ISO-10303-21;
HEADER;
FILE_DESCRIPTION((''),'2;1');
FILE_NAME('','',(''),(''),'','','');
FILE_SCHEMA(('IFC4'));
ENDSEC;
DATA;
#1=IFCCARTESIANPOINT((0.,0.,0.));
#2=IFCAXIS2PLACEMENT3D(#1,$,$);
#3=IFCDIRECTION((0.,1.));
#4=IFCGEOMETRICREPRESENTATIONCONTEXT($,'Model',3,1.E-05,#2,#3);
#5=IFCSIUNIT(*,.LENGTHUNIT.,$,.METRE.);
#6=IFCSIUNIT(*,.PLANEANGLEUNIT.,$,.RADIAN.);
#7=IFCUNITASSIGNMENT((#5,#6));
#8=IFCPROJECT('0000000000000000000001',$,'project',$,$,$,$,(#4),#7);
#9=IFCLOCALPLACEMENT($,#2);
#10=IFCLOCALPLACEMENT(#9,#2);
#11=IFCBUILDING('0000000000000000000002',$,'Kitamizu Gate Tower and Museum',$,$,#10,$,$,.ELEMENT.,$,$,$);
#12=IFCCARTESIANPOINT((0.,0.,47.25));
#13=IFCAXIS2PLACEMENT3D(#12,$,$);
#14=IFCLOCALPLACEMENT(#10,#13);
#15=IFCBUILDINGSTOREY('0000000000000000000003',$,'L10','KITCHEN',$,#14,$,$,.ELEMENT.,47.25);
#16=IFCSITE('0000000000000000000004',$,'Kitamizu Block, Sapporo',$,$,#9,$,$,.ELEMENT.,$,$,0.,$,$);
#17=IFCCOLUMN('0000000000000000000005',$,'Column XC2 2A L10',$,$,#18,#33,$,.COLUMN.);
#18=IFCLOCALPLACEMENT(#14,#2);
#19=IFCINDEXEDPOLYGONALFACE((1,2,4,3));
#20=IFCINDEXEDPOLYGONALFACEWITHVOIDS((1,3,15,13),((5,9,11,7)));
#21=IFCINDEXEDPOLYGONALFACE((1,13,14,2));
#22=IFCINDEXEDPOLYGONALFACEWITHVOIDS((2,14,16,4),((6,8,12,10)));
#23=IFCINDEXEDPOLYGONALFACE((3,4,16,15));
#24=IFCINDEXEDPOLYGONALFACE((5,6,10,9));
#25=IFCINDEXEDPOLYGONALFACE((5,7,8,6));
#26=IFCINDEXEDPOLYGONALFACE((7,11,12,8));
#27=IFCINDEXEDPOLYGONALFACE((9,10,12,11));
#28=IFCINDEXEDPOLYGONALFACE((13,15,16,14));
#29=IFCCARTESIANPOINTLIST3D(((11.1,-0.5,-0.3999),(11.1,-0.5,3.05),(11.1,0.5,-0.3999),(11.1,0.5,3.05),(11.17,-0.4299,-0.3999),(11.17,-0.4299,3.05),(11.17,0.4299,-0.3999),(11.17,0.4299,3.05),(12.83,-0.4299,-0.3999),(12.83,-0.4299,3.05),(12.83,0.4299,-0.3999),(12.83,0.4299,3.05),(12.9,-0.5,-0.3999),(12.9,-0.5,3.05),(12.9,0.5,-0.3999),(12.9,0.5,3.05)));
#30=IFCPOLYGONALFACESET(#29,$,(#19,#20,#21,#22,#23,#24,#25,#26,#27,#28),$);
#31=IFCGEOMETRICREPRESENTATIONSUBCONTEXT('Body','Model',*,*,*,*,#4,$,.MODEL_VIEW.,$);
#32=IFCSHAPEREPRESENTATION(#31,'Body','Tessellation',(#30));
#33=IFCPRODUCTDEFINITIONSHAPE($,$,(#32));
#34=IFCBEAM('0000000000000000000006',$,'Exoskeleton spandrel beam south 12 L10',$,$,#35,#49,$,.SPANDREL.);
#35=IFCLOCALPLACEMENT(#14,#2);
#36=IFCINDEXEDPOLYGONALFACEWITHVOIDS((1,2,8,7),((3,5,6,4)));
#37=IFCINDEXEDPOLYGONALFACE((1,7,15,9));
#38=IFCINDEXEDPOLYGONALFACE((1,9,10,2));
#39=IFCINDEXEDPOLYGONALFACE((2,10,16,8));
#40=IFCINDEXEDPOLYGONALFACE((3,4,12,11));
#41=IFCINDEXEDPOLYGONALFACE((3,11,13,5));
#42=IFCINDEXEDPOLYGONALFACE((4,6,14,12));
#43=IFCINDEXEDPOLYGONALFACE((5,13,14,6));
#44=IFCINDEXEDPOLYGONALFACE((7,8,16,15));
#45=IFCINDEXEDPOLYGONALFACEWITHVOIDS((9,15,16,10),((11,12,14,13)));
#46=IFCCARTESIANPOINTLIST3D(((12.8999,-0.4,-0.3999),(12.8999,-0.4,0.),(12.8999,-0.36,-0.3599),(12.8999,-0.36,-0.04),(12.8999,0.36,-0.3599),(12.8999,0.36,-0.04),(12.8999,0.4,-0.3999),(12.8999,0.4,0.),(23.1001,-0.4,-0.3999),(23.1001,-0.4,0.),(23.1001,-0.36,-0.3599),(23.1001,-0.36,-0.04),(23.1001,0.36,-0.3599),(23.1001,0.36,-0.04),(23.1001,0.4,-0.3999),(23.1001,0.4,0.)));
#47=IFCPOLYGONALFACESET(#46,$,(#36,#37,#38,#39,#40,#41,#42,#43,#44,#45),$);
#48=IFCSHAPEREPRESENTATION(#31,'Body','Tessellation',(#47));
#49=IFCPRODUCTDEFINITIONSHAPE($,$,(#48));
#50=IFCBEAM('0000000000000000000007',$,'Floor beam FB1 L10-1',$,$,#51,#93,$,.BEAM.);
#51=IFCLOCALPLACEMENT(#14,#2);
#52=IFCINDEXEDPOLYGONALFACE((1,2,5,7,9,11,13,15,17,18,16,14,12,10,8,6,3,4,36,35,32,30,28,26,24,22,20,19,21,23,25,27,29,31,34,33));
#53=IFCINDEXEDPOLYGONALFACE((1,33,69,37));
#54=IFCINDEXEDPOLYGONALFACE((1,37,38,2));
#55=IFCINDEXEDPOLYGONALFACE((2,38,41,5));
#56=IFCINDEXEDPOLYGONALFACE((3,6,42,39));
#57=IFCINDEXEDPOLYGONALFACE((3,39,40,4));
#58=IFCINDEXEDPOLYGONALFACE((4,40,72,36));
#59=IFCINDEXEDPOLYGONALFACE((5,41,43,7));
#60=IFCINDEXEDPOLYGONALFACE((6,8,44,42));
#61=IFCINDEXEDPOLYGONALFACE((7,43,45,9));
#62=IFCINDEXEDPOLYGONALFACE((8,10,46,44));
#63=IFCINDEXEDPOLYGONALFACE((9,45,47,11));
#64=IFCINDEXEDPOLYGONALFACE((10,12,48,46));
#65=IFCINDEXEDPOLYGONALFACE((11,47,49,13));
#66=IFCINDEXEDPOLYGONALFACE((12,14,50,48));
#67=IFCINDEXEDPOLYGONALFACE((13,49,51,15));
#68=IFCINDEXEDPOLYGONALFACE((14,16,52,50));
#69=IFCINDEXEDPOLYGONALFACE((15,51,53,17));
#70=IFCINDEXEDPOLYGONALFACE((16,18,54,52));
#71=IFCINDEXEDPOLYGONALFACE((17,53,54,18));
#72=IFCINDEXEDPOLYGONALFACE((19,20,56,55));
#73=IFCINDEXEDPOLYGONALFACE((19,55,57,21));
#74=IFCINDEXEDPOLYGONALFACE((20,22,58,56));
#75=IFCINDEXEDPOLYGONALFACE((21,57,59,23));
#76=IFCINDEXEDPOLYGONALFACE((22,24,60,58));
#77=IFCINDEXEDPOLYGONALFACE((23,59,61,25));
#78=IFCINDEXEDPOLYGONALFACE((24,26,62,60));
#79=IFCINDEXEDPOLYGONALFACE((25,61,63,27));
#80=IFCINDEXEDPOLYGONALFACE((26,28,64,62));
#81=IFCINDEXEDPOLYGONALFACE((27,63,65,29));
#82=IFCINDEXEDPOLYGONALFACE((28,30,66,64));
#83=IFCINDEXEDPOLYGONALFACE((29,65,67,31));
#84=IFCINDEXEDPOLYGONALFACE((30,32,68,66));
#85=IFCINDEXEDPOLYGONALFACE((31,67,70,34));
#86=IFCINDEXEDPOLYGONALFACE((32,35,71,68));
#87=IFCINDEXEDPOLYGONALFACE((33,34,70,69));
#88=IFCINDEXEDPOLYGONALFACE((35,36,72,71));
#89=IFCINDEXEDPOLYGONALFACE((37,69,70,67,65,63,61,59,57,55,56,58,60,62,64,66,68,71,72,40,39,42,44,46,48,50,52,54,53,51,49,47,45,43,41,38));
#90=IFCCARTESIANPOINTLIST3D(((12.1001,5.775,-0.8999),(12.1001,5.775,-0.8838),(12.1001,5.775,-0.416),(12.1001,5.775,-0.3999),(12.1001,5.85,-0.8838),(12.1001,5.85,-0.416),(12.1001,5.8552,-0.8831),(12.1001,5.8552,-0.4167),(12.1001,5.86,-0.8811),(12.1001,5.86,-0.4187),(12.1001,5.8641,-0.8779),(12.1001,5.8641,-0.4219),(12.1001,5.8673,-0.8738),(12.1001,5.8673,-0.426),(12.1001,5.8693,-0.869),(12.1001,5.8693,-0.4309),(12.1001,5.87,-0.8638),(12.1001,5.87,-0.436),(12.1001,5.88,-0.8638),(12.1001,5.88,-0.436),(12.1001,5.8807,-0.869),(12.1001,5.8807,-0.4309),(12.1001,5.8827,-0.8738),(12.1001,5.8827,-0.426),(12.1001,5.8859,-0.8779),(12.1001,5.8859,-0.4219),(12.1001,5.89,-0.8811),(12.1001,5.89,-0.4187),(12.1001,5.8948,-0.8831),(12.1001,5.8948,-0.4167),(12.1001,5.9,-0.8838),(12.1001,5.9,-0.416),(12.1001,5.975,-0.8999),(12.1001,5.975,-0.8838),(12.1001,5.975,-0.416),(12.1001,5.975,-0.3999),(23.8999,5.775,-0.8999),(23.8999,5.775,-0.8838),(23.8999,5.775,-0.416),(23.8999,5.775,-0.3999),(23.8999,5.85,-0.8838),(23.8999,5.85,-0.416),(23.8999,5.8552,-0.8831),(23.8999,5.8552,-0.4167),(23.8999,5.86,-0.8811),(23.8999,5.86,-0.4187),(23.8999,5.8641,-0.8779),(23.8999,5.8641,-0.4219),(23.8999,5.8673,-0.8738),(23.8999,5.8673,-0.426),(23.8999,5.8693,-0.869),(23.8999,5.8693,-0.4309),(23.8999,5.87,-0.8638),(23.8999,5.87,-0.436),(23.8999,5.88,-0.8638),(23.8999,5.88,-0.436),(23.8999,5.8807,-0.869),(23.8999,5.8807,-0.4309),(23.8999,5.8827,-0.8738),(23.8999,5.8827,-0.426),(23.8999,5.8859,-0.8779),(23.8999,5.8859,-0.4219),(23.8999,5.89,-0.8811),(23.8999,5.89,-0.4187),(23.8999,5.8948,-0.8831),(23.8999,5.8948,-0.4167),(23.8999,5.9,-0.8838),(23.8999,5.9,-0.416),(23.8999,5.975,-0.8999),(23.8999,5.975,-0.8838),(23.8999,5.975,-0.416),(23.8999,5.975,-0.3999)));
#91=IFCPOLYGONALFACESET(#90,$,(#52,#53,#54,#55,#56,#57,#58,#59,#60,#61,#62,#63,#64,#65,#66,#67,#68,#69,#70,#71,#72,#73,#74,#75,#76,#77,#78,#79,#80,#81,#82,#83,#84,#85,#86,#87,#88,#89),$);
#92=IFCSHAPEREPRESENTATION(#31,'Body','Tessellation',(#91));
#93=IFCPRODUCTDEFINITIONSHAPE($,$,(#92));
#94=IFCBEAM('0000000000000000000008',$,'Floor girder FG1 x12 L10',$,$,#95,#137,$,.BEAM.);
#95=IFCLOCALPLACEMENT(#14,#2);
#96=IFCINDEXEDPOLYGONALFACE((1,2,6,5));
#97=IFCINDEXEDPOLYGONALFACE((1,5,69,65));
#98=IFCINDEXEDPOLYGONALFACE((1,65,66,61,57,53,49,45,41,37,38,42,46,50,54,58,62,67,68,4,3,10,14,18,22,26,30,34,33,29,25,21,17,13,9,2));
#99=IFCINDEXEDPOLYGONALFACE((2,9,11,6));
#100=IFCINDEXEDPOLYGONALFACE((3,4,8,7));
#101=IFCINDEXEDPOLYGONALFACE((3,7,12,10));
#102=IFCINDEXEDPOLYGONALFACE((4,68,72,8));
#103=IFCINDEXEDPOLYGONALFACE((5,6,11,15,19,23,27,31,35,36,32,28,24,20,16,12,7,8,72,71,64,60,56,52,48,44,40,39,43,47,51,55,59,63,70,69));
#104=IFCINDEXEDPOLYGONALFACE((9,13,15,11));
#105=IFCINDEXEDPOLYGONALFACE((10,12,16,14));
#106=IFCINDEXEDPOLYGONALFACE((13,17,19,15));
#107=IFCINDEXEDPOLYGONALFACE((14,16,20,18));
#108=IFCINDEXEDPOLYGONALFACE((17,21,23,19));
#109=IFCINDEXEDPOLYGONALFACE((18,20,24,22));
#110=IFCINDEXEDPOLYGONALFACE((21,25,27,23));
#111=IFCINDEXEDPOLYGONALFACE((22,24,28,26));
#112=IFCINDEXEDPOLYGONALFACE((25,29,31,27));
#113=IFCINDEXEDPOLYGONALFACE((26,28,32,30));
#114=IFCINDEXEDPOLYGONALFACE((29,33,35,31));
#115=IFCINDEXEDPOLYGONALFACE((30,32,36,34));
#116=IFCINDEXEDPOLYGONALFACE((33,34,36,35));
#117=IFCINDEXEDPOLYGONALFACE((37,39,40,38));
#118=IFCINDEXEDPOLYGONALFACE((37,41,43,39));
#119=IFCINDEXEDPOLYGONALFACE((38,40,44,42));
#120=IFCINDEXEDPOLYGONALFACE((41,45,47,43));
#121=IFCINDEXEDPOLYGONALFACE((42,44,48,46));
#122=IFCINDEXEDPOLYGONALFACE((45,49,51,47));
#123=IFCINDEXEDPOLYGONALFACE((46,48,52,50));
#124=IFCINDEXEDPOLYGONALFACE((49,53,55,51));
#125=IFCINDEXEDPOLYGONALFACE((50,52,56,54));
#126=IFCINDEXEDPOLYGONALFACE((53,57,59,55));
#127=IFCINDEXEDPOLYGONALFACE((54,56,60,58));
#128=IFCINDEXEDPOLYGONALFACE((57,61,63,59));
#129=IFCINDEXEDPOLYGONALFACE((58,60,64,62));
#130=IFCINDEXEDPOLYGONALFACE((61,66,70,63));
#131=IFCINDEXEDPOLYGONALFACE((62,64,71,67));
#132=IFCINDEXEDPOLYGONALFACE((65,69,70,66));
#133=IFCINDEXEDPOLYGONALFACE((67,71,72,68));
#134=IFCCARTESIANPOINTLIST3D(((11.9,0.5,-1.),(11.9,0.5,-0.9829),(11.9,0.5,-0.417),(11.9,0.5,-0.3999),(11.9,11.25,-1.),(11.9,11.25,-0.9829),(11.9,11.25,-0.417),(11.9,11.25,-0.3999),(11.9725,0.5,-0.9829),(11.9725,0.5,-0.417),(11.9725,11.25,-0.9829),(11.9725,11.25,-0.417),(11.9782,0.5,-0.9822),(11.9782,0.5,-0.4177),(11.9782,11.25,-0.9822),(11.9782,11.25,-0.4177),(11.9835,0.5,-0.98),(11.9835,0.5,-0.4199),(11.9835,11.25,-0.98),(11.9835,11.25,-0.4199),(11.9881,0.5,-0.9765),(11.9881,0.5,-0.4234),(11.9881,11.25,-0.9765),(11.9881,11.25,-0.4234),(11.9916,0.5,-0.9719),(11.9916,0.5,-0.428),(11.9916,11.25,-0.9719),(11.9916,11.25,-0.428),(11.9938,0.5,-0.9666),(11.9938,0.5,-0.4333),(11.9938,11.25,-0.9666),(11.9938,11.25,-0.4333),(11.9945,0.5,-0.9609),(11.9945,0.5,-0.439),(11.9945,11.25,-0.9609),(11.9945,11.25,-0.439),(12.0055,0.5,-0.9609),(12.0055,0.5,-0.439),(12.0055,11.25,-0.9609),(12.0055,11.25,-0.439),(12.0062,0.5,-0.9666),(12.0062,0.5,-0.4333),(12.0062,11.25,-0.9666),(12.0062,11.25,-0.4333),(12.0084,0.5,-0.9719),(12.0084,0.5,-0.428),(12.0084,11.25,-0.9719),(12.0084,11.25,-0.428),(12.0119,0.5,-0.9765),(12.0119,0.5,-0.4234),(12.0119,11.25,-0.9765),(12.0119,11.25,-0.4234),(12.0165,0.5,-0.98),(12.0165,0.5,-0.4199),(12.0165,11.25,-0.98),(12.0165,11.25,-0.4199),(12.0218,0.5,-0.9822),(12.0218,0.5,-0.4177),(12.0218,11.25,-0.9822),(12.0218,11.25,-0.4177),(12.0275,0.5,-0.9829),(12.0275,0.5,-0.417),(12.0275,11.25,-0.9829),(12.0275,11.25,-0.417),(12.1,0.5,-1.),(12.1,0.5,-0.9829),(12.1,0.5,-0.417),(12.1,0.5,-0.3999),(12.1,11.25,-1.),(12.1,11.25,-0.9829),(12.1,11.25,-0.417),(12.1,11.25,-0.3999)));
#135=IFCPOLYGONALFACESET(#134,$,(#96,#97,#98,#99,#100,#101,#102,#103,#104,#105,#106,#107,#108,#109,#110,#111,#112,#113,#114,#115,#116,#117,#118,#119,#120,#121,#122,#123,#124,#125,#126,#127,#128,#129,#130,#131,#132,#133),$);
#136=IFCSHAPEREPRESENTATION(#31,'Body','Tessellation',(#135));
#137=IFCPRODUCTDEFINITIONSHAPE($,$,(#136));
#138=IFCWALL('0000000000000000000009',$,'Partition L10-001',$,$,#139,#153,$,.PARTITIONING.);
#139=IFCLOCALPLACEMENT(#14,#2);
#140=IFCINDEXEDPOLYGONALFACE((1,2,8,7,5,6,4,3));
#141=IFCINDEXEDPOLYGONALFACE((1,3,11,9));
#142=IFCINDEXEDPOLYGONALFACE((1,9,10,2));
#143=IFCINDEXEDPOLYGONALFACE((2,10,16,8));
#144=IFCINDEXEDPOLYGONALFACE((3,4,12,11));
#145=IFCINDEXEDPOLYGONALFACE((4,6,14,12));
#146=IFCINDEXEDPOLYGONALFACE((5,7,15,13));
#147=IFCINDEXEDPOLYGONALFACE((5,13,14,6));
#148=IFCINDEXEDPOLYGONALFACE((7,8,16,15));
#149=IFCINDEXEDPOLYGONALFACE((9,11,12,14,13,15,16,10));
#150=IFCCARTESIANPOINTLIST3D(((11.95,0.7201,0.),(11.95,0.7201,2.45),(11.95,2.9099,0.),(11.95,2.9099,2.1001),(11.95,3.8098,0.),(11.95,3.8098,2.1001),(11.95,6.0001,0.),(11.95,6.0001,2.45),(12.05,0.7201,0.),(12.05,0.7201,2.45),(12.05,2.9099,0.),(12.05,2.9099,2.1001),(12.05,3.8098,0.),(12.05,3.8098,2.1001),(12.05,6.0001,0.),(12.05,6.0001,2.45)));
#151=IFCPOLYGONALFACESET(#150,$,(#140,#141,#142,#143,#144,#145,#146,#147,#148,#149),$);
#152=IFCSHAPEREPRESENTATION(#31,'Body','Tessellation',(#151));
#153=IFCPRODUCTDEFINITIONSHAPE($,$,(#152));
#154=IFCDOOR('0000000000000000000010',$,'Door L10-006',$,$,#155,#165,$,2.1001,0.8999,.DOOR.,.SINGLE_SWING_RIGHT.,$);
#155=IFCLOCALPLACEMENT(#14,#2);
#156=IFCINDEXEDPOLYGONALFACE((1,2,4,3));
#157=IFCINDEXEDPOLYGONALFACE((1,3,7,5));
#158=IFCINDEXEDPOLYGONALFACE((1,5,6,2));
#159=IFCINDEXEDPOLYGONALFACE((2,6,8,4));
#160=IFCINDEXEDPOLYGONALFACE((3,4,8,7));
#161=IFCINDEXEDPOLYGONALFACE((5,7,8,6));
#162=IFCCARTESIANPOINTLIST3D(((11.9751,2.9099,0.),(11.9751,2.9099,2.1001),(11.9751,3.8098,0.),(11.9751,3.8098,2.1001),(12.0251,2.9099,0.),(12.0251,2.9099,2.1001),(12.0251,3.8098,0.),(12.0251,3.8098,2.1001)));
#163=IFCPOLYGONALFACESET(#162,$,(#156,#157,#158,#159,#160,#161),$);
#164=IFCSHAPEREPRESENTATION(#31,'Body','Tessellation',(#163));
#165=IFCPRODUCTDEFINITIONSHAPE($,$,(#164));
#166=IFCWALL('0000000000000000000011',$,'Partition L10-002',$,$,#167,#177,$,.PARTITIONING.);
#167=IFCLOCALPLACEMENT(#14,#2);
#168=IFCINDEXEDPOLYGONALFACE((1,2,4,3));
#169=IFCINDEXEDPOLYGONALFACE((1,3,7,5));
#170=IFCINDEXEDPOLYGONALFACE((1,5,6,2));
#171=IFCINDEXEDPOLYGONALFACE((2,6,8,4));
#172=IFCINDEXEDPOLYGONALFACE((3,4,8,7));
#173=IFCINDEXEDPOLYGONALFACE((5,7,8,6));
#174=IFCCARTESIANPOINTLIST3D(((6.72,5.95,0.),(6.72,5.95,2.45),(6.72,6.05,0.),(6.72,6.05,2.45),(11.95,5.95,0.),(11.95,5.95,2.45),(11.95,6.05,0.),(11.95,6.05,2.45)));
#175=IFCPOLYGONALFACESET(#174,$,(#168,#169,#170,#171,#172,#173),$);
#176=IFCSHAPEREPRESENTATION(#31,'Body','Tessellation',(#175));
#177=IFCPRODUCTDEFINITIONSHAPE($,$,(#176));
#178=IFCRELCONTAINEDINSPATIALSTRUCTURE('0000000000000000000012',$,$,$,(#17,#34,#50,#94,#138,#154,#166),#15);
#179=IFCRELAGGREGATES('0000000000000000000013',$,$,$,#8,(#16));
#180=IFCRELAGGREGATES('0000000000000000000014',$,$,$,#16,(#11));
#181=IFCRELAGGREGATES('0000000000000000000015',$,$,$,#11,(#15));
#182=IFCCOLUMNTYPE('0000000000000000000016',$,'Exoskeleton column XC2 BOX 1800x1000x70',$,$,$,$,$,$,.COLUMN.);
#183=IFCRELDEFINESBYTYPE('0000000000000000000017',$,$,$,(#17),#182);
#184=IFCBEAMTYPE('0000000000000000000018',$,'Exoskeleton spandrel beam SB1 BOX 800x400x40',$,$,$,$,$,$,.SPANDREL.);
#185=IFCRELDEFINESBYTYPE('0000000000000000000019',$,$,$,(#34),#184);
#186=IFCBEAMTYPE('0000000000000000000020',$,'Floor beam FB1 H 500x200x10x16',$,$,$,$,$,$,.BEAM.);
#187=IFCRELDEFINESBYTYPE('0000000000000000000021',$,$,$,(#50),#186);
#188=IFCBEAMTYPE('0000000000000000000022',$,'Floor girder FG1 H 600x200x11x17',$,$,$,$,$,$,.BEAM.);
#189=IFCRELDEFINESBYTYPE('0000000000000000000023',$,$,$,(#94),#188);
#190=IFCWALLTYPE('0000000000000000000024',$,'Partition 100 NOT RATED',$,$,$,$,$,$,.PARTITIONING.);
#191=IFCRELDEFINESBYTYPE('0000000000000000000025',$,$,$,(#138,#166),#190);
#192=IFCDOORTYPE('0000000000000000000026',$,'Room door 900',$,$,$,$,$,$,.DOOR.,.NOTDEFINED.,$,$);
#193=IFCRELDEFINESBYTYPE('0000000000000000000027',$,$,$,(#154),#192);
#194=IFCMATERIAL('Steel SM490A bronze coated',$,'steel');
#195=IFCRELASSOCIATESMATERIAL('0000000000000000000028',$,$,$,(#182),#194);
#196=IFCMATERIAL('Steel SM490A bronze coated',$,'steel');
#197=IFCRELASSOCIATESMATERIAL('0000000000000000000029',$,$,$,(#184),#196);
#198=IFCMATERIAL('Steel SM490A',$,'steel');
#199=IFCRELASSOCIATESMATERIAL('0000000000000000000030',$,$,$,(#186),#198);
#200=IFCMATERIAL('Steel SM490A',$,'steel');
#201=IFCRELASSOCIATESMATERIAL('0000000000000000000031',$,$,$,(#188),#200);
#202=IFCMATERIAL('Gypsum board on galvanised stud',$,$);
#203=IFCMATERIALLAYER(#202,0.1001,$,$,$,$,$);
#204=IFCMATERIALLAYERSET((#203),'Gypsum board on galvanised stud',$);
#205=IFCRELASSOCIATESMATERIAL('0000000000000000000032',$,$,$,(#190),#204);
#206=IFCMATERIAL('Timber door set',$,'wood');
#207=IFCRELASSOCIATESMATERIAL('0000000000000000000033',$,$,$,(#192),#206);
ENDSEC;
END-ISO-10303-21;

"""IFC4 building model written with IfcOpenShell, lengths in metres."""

from ifc_helpers import new_model, si_unit, direction, frame, frame_2d, origin, origin_2d, place, context, subcontext, project, spatial, rectangle, hollow_rectangle, i_section, extrude, material, layer, layer_set, material_profile, profile_set, type_object, element, fill, save


model = new_model("IFC4")

# Units and contexts
model_context = context("Model", 3, precision=1e-05, world=origin(), true_north=direction((0.0, 1.0)))
body_context = subcontext(model_context, "Body", "Model", "MODEL_VIEW")
ifc_project = project(units=[si_unit("LENGTHUNIT", "METRE"), si_unit("PLANEANGLEUNIT", "RADIAN")], contexts=[model_context])

# Site, building, storey
site_placement = place(None, origin())
site = spatial("IfcSite", under=ifc_project, at=site_placement, Name="Kitamizu Block, Sapporo", CompositionType="ELEMENT", RefElevation=0.0)
building_placement = place(site_placement, origin())
building = spatial("IfcBuilding", under=site, at=building_placement, Name="Kitamizu Gate Tower and Museum", CompositionType="ELEMENT")
storey_placement = place(building_placement, frame((0.0, 0.0, 47.25)))
storey = spatial("IfcBuildingStorey", under=building, at=storey_placement, Name="L10", Description="KITCHEN", CompositionType="ELEMENT", Elevation=47.25)

# Column
ifc_material_1 = material(Name="Steel SM490A bronze coated", Category="steel")
ifc_material_profile_1 = material_profile(ifc_material_1, hollow_rectangle(XDim=1.8, YDim=1.0, WallThickness=0.0701, at=origin_2d()), Name="BOX 1800x1000x70")
ifc_profile_set_1 = profile_set([ifc_material_profile_1], Name="Steel SM490A bronze coated")
column_type = type_object("IfcColumnType", Name="Exoskeleton column XC2 BOX 1800x1000x70", PredefinedType="COLUMN", material=ifc_profile_set_1)
column_placement = place(storey_placement, frame((12.0, 0.0, -0.3999), z_axis=(0.0, 0.0, 1.0), x_axis=(1.0, 0.0, 0.0)))
element("IfcColumn", 1, at=column_placement, inside=storey, type_object=column_type, Name="Column XC2 2A L10", PredefinedType="COLUMN", context=body_context, shape_type="SweptSolid", body=[
    extrude(hollow_rectangle(XDim=1.8, YDim=1.0, WallThickness=0.0701, at=origin_2d()), origin(), (0.0, 0.0, 1.0), 3.45),
])

# Beams
ifc_material_2 = material(Name="Steel SM490A bronze coated", Category="steel")
ifc_material_profile_2 = material_profile(ifc_material_2, hollow_rectangle(XDim=0.8, YDim=0.3999, WallThickness=0.04, at=origin_2d()), Name="BOX 800x400x40")
ifc_profile_set_2 = profile_set([ifc_material_profile_2], Name="Steel SM490A bronze coated")
beam_type_1 = type_object("IfcBeamType", Name="Exoskeleton spandrel beam SB1 BOX 800x400x40", PredefinedType="SPANDREL", material=ifc_profile_set_2)
beam_1_placement = place(storey_placement, frame((12.8999, 0.0, -0.2), z_axis=(1.0, 0.0, 0.0), x_axis=(0.0, 1.0, 0.0)))
element("IfcBeam", 2, at=beam_1_placement, inside=storey, type_object=beam_type_1, Name="Exoskeleton spandrel beam south 12 L10", PredefinedType="SPANDREL", context=body_context, shape_type="SweptSolid", body=[
    extrude(hollow_rectangle(XDim=0.8, YDim=0.3999, WallThickness=0.04, at=origin_2d()), origin(), (0.0, 0.0, 1.0), 10.2002),
])
ifc_material_3 = material(Name="Steel SM490A", Category="steel")
ifc_material_profile_3 = material_profile(ifc_material_3, i_section(OverallWidth=0.2, OverallDepth=0.5, WebThickness=0.01, FlangeThickness=0.0161, FilletRadius=0.02, at=origin_2d()), Name="H-500x200x10x16")
ifc_profile_set_3 = profile_set([ifc_material_profile_3], Name="Steel SM490A")
beam_type_2 = type_object("IfcBeamType", Name="Floor beam FB1 H 500x200x10x16", PredefinedType="BEAM", material=ifc_profile_set_3)
beam_2_placement = place(storey_placement, frame((12.1001, 5.875, -0.6499), z_axis=(1.0, 0.0, 0.0), x_axis=(0.0, 1.0, 0.0)))
element("IfcBeam", 3, at=beam_2_placement, inside=storey, type_object=beam_type_2, Name="Floor beam FB1 L10-1", PredefinedType="BEAM", context=body_context, shape_type="SweptSolid", body=[
    extrude(i_section(OverallWidth=0.2, OverallDepth=0.5, WebThickness=0.01, FlangeThickness=0.0161, FilletRadius=0.02, at=origin_2d()), origin(), (0.0, 0.0, 1.0), 11.7998),
])
ifc_material_4 = material(Name="Steel SM490A", Category="steel")
ifc_material_profile_4 = material_profile(ifc_material_4, i_section(OverallWidth=0.2, OverallDepth=0.6001, WebThickness=0.011, FlangeThickness=0.0171, FilletRadius=0.022, at=origin_2d()), Name="H-600x200x11x17")
ifc_profile_set_4 = profile_set([ifc_material_profile_4], Name="Steel SM490A")
beam_type_3 = type_object("IfcBeamType", Name="Floor girder FG1 H 600x200x11x17", PredefinedType="BEAM", material=ifc_profile_set_4)
beam_3_placement = place(storey_placement, frame((12.0, 0.5, -0.7), z_axis=(0.0, 1.0, 0.0), x_axis=(-1.0, 0.0, 0.0)))
element("IfcBeam", 4, at=beam_3_placement, inside=storey, type_object=beam_type_3, Name="Floor girder FG1 x12 L10", PredefinedType="BEAM", context=body_context, shape_type="SweptSolid", body=[
    extrude(i_section(OverallWidth=0.2, OverallDepth=0.6001, WebThickness=0.011, FlangeThickness=0.0171, FilletRadius=0.022, at=origin_2d()), origin(), (0.0, 0.0, 1.0), 10.75),
])

# Wall, opening, door
ifc_material_5 = material(Name="Gypsum board on galvanised stud")
ifc_layer_1 = layer(ifc_material_5, 0.1001)
ifc_layer_set_1 = layer_set([ifc_layer_1], Name="Gypsum board on galvanised stud")
wall_type_1 = type_object("IfcWallType", Name="Partition 100 NOT RATED", PredefinedType="PARTITIONING", material=ifc_layer_set_1)
wall_1_placement = place(storey_placement, frame((12.0, 0.72, 0.0), z_axis=(0.0, 0.0, 1.0), x_axis=(0.0, 1.0, 0.0)))
wall_1 = element("IfcWall", 5, at=wall_1_placement, inside=storey, type_object=wall_type_1, Name="Partition L10-001", PredefinedType="PARTITIONING", context=body_context, shape_type="SweptSolid", body=[
    extrude(rectangle(XDim=5.28, YDim=0.1001, at=frame_2d((2.6401, 0.0))), origin(), (0.0, 0.0, 1.0), 2.45),
])
opening_1_placement = place(wall_1_placement, frame((2.1899, 0.0, 0.0)))
opening_1 = element("IfcOpeningElement", 6, at=opening_1_placement, cuts=wall_1, PredefinedType="OPENING", context=body_context, shape_type="SweptSolid", body=[
    extrude(rectangle(XDim=0.8999, YDim=2.1001, at=frame_2d((0.45, 1.05))), frame((0.0, 0.0601, 0.0), z_axis=(0.0, -1.0, 0.0), x_axis=(1.0, 0.0, 0.0)), (0.0, 0.0, 1.0), 0.1201),
])
ifc_material_6 = material(Name="Timber door set", Category="wood")
door_type = type_object("IfcDoorType", Name="Room door 900", OperationType="NOTDEFINED", PredefinedType="DOOR", material=ifc_material_6)
door_1_placement = place(opening_1_placement, origin())
door_1 = element("IfcDoor", 7, at=door_1_placement, inside=storey, type_object=door_type, Name="Door L10-006", OperationType="SINGLE_SWING_RIGHT", OverallHeight=2.1001, OverallWidth=0.8999, PredefinedType="DOOR", context=body_context, shape_type="SweptSolid", body=[
    extrude(rectangle(XDim=0.8999, YDim=2.1001, at=frame_2d((0.45, 1.05))), frame((0.0, 0.0249, 0.0), z_axis=(0.0, -1.0, 0.0), x_axis=(1.0, 0.0, 0.0)), (0.0, 0.0, 1.0), 0.05),
])
fill(opening_1, door_1)

# Wall
wall_2_placement = place(storey_placement, frame((11.95, 6.0, 0.0), z_axis=(0.0, 0.0, 1.0), x_axis=(-1.0, 0.0, 0.0)))
element("IfcWall", 8, at=wall_2_placement, inside=storey, type_object=wall_type_1, Name="Partition L10-002", PredefinedType="PARTITIONING", context=body_context, shape_type="SweptSolid", body=[
    extrude(rectangle(XDim=5.23, YDim=0.1001, at=frame_2d((2.615, 0.0))), origin(), (0.0, 0.0, 1.0), 2.45),
])

save(model, "model.ifc")
